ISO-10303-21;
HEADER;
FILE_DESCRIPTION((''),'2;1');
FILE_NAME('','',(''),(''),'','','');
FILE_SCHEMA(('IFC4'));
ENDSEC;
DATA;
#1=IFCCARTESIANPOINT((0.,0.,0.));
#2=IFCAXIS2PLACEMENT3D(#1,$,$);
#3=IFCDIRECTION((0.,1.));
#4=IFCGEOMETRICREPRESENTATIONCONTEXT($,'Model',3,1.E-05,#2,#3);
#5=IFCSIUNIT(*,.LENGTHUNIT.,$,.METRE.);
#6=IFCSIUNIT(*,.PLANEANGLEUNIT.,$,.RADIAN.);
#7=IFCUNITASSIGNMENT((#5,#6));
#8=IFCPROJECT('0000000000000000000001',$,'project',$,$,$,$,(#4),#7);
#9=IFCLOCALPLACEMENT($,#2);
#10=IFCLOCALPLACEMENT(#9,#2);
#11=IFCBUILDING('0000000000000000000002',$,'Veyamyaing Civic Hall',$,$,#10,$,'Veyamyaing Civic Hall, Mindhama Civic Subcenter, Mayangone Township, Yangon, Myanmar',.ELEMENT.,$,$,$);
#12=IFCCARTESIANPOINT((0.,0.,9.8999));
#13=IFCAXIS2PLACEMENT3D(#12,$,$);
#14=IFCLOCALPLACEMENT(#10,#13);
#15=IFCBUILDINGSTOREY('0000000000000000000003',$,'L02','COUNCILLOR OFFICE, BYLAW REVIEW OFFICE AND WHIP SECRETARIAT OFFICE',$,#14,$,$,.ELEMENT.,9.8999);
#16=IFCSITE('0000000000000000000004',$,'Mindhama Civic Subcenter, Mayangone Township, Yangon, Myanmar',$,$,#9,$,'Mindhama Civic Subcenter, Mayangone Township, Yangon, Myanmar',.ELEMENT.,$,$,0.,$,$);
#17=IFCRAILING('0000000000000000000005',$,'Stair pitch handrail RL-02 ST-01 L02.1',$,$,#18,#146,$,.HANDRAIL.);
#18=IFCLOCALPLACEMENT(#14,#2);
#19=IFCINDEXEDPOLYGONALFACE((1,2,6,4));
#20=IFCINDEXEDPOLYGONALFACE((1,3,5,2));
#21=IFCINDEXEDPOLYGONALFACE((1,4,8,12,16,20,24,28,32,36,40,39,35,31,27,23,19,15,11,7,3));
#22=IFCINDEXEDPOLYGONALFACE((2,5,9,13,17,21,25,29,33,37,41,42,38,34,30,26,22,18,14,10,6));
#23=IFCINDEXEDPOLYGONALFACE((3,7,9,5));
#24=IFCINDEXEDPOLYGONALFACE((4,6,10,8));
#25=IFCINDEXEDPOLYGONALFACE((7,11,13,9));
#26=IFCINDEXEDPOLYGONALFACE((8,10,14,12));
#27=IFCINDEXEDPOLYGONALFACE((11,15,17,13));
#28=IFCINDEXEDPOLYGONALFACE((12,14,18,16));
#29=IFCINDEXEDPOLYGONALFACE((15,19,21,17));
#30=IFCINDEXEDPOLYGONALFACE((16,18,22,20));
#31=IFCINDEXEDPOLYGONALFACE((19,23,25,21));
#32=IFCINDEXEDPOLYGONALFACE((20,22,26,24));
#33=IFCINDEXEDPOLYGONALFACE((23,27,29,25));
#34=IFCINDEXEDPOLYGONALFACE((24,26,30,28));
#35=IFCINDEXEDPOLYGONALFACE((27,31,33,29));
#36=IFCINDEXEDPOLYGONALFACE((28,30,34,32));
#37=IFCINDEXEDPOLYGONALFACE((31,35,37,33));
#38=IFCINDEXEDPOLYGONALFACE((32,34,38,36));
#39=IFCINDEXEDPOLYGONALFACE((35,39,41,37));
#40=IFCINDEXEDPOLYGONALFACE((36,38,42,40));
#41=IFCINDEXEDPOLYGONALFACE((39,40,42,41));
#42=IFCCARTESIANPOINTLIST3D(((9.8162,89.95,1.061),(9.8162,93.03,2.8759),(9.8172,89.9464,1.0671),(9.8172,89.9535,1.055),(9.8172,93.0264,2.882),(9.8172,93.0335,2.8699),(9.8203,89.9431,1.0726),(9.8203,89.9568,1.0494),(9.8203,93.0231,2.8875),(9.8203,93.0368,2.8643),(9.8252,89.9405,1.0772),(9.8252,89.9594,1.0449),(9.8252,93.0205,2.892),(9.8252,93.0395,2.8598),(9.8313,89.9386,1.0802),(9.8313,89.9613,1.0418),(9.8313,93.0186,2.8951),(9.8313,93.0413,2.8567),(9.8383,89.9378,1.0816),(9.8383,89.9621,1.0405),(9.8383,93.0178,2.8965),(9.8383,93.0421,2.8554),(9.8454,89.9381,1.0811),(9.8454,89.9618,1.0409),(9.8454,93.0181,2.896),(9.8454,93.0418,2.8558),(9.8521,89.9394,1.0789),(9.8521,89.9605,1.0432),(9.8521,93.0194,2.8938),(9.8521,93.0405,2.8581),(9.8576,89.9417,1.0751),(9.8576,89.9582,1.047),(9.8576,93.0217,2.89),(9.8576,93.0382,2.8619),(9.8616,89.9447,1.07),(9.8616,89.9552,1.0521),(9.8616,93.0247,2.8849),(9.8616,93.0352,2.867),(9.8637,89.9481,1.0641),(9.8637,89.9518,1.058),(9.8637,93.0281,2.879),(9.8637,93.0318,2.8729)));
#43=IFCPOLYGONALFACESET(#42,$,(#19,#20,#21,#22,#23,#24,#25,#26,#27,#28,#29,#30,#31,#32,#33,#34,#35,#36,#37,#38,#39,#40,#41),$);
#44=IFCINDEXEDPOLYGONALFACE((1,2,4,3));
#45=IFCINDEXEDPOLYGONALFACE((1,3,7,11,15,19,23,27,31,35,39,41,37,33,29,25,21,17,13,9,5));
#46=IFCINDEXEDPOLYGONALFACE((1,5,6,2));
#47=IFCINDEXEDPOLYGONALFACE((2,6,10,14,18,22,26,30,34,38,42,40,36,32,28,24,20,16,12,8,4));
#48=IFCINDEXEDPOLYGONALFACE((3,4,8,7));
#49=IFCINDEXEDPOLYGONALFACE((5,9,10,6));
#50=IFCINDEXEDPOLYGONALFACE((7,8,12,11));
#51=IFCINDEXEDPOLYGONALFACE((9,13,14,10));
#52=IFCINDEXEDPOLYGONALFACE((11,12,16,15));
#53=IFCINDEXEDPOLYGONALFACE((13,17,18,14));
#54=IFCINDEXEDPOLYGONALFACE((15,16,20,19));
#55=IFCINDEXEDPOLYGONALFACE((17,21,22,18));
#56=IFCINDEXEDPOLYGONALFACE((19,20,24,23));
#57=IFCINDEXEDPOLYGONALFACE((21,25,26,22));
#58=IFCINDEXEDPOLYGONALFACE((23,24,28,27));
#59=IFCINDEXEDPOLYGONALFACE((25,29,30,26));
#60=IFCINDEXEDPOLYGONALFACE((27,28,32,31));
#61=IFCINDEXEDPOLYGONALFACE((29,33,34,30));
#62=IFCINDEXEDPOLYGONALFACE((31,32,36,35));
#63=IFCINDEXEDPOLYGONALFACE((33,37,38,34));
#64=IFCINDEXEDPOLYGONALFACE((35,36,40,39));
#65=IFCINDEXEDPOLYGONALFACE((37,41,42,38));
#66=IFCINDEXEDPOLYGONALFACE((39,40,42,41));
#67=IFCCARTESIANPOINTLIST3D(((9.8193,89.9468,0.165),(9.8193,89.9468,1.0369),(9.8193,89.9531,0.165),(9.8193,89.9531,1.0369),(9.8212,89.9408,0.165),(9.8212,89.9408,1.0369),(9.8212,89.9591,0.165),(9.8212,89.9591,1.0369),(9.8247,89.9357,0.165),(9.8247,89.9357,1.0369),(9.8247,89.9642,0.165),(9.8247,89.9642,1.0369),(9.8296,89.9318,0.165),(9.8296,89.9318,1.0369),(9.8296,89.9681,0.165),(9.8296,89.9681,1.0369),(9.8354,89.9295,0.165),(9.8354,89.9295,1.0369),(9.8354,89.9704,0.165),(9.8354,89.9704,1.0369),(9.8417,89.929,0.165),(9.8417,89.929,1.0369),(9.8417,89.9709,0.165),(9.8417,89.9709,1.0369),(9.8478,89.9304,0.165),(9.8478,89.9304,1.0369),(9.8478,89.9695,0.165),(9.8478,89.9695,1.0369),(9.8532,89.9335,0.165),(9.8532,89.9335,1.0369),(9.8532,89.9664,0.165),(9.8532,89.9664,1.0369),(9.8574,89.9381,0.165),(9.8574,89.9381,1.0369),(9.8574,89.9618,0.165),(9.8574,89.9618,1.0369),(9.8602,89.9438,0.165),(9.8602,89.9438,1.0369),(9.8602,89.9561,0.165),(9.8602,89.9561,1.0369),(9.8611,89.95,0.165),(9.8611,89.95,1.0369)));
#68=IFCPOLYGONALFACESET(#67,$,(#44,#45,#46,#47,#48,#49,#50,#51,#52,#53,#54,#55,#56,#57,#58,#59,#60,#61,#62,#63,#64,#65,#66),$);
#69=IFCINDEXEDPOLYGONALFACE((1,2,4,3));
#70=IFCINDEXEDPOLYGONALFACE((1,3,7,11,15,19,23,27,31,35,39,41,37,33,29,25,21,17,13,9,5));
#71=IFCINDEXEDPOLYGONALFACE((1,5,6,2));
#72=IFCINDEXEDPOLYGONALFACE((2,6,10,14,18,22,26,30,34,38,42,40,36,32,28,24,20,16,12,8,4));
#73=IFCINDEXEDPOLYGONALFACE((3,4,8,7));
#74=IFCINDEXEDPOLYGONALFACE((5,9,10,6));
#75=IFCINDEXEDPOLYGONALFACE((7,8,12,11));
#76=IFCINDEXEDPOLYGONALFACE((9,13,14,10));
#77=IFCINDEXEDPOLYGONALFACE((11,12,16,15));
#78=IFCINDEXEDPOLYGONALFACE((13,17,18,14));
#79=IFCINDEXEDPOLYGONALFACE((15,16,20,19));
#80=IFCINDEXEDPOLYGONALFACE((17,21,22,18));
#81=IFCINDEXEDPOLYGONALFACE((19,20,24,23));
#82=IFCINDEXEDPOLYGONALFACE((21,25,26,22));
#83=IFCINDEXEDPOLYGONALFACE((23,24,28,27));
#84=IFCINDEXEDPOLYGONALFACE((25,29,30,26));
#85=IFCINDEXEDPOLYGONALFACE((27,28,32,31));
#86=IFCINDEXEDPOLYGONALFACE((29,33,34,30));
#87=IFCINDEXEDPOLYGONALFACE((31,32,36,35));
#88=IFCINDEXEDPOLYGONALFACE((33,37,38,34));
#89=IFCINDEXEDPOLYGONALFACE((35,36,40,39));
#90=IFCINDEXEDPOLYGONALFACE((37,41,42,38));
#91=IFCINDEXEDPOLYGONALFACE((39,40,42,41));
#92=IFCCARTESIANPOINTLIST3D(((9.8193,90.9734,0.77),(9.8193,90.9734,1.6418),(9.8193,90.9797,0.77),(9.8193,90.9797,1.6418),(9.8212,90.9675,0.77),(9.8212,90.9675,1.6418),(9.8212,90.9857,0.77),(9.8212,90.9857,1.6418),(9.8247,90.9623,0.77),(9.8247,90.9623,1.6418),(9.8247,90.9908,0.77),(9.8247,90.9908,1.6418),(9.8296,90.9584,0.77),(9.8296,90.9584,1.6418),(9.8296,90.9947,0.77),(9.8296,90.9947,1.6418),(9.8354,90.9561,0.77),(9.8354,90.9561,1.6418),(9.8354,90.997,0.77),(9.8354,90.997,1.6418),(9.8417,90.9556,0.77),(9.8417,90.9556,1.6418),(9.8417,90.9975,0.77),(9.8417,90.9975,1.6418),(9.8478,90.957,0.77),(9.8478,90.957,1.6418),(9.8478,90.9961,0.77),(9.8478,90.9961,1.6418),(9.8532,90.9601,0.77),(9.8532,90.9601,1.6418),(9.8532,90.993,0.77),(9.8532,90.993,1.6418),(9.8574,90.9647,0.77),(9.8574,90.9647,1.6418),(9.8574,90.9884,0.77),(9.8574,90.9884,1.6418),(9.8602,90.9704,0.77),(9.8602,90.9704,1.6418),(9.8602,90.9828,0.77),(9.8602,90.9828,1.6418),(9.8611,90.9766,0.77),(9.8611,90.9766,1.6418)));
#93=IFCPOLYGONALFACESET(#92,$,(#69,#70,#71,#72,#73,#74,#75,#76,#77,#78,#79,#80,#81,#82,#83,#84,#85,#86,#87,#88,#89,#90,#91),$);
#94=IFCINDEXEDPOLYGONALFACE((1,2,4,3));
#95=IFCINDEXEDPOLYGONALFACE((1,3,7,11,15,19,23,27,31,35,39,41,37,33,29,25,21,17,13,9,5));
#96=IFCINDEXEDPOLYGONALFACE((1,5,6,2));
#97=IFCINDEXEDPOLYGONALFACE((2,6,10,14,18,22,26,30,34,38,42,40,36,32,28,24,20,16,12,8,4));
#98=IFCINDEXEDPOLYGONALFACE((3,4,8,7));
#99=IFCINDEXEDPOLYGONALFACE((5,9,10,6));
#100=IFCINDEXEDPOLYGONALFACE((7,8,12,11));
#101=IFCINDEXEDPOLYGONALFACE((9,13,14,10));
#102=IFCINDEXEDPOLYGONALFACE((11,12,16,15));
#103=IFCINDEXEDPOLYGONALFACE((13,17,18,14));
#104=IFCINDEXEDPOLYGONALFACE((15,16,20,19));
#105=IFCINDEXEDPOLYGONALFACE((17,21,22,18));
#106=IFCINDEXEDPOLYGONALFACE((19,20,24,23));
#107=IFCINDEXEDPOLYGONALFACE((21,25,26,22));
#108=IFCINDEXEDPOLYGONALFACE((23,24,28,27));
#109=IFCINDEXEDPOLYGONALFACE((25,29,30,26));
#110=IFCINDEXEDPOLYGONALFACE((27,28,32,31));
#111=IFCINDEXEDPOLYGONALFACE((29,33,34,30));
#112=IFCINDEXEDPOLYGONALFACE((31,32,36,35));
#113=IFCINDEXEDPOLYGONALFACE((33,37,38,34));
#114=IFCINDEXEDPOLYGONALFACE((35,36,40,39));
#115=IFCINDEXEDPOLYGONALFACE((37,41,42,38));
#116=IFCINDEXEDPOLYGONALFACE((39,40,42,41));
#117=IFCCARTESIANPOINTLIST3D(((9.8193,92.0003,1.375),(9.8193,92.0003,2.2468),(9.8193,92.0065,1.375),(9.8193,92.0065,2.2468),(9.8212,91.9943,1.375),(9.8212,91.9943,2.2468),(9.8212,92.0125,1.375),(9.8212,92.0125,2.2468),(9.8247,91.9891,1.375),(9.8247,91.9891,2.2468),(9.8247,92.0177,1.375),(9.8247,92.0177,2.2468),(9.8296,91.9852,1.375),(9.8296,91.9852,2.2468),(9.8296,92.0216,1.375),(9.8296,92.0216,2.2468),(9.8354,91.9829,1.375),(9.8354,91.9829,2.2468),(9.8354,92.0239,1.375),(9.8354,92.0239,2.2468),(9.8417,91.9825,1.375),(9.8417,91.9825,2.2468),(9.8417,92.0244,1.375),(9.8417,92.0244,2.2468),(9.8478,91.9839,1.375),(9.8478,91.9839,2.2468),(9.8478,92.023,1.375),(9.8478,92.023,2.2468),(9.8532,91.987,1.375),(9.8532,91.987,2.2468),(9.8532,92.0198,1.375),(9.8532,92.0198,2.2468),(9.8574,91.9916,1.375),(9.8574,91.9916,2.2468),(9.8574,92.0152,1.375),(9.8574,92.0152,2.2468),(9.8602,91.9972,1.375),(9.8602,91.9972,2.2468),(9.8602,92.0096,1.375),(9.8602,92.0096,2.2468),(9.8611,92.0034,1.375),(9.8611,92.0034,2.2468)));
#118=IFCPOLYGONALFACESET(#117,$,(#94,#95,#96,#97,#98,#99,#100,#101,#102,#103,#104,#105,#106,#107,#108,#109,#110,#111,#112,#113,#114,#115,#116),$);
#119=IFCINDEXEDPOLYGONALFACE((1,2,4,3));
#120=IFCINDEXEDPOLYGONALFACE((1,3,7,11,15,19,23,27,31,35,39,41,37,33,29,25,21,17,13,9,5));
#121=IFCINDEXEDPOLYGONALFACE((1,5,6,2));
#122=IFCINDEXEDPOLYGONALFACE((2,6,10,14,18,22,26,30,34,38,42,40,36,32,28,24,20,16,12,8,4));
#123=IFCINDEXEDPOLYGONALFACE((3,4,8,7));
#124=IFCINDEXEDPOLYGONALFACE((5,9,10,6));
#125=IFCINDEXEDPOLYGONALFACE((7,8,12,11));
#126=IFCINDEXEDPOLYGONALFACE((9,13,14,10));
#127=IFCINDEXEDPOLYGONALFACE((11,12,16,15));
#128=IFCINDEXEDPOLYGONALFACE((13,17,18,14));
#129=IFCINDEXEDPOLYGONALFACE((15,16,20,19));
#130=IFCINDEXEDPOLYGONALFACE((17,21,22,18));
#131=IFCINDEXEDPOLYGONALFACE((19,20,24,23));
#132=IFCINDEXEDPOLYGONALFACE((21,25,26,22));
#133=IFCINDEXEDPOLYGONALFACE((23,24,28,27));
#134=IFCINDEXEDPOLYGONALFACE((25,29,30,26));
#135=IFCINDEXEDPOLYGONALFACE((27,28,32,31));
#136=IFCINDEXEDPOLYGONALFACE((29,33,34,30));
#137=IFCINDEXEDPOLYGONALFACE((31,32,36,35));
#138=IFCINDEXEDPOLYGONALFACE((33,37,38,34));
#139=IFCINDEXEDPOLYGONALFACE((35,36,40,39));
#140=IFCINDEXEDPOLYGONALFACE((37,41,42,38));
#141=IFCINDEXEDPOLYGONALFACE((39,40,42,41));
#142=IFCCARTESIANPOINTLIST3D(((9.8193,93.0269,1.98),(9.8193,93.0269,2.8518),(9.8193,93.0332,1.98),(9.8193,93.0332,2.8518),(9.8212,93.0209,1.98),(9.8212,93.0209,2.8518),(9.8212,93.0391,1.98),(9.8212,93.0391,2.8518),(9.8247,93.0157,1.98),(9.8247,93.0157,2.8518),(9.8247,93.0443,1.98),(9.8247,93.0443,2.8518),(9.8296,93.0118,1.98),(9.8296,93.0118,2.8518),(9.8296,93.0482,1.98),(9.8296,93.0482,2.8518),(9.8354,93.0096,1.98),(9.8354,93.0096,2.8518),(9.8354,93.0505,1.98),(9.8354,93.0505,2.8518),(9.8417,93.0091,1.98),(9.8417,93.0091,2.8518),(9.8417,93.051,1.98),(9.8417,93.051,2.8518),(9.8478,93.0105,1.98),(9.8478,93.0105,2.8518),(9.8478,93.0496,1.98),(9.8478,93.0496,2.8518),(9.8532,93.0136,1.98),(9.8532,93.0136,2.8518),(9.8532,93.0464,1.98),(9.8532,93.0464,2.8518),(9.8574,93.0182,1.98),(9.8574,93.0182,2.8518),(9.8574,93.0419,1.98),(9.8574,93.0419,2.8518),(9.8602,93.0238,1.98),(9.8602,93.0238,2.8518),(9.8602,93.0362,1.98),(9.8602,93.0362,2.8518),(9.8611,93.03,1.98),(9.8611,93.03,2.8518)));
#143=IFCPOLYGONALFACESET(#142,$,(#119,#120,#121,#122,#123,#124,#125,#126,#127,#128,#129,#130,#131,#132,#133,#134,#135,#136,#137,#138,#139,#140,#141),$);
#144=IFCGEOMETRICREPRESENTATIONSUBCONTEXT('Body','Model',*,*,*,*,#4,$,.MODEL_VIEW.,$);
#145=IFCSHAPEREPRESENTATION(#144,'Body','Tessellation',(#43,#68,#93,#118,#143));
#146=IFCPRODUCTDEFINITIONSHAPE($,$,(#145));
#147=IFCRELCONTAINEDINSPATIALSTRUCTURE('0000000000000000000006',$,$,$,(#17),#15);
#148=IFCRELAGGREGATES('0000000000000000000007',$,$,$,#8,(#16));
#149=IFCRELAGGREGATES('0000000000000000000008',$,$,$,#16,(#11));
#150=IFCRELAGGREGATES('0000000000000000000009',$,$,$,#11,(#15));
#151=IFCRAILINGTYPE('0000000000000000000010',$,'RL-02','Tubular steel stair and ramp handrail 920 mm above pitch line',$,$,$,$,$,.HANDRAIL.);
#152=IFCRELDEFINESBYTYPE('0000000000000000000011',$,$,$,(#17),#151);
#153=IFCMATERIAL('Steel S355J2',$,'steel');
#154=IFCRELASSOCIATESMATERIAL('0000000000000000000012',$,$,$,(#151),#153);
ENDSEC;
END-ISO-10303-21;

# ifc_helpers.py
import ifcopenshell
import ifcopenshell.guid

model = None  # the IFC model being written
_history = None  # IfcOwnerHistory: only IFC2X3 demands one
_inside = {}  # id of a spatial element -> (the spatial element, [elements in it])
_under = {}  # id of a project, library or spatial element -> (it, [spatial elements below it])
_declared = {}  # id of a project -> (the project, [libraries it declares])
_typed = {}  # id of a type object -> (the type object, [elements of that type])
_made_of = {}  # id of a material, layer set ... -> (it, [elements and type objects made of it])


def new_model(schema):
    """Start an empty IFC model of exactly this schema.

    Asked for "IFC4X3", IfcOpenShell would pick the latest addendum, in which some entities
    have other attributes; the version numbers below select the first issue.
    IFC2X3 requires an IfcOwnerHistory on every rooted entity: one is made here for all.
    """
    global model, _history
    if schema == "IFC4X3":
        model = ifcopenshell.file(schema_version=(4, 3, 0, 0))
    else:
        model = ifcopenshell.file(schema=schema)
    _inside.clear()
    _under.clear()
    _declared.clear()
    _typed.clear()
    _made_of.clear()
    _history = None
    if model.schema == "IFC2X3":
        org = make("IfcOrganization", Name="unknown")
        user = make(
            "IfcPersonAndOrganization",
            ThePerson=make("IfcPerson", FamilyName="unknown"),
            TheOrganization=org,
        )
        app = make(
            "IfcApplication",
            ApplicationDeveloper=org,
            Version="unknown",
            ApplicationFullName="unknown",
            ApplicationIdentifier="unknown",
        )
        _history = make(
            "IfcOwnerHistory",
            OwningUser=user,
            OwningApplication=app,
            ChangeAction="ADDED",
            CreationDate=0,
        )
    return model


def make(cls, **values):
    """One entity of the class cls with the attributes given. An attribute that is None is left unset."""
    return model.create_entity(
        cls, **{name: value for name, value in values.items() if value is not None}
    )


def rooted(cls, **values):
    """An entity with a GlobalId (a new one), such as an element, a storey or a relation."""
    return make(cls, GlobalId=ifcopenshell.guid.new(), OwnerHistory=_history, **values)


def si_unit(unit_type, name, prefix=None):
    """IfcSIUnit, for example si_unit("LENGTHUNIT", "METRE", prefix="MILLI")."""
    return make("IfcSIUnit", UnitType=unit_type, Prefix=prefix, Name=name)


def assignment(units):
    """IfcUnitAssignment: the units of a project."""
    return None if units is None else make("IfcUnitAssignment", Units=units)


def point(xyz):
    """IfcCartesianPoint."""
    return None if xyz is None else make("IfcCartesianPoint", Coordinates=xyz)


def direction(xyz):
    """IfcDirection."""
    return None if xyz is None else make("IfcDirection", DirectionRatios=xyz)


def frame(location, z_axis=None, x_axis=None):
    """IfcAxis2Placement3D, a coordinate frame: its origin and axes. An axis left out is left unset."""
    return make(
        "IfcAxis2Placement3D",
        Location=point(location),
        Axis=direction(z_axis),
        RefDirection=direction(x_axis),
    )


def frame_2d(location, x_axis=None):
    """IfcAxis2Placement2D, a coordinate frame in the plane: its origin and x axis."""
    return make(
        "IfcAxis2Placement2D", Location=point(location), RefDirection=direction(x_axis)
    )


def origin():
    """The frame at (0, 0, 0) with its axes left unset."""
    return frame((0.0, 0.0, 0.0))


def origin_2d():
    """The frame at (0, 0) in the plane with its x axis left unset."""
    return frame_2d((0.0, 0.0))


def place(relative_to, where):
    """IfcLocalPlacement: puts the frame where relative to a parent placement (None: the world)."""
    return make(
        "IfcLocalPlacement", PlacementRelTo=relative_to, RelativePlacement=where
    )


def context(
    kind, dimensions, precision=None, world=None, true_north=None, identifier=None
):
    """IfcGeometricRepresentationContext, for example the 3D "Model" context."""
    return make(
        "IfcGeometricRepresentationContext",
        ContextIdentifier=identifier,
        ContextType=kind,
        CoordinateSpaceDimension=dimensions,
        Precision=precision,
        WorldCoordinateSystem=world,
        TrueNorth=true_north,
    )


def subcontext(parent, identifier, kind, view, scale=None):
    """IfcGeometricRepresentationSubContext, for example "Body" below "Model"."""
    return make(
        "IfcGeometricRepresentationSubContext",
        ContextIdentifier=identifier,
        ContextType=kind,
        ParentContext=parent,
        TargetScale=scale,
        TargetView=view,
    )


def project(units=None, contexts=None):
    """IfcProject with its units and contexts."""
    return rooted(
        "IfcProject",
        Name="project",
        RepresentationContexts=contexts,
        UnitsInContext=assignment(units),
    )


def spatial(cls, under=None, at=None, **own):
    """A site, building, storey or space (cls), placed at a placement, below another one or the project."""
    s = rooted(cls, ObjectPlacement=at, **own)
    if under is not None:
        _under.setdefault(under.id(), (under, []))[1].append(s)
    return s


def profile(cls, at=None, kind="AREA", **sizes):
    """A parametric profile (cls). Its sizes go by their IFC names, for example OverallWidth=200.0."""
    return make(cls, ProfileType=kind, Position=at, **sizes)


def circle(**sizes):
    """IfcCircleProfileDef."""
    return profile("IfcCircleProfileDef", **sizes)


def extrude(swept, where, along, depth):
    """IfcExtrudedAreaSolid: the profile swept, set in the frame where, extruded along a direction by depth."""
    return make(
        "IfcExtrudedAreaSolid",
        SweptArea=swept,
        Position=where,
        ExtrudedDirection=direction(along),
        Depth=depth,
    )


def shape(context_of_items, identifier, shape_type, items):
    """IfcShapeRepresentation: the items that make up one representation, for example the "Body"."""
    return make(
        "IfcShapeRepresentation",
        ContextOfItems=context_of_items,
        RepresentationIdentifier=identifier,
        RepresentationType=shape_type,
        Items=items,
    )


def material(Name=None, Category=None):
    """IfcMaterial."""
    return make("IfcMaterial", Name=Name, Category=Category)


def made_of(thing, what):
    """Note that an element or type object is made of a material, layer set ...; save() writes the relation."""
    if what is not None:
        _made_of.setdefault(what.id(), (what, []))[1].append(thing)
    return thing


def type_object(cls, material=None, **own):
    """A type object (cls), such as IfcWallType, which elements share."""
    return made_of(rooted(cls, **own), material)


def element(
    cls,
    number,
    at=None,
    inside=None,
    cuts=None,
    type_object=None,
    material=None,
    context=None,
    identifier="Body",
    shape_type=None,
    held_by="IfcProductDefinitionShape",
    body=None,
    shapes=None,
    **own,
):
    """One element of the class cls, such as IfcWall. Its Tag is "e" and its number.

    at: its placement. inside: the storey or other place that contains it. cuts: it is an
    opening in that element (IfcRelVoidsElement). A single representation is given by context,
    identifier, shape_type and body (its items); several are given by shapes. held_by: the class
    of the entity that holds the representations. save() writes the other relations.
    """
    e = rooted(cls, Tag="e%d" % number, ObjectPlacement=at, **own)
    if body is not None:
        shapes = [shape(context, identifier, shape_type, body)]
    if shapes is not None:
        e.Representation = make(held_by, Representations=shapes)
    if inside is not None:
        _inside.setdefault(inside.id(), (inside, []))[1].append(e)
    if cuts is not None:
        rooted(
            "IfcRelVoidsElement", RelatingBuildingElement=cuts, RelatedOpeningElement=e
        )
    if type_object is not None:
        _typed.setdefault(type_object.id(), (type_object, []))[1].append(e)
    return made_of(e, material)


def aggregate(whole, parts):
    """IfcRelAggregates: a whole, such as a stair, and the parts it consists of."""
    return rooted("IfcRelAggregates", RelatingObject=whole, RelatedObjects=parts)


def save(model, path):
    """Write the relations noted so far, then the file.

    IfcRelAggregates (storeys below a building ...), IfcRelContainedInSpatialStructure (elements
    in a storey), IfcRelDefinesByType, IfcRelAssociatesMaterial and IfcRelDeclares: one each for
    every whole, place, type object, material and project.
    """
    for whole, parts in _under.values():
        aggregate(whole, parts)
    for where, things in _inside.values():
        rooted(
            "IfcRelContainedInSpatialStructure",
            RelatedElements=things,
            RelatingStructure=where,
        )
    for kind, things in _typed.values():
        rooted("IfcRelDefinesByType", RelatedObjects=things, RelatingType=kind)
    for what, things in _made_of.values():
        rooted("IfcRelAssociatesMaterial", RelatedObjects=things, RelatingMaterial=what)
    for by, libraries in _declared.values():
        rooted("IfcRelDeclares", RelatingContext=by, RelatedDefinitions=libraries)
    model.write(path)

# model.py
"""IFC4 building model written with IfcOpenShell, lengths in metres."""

from ifc_helpers import new_model, si_unit, direction, frame, origin, origin_2d, place, context, subcontext, project, spatial, circle, extrude, material, type_object, element, save


model = new_model("IFC4")

# Units and contexts
model_context = context("Model", 3, precision=1e-05, world=origin(), true_north=direction((0.0, 1.0)))
body_context = subcontext(model_context, "Body", "Model", "MODEL_VIEW")
ifc_project = project(units=[si_unit("LENGTHUNIT", "METRE"), si_unit("PLANEANGLEUNIT", "RADIAN")], contexts=[model_context])

# Site, building, storey
site_placement = place(None, origin())
site = spatial("IfcSite", under=ifc_project, at=site_placement, Name="Mindhama Civic Subcenter, Mayangone Township, Yangon, Myanmar", LongName="Mindhama Civic Subcenter, Mayangone Township, Yangon, Myanmar", CompositionType="ELEMENT", RefElevation=0.0)
building_placement = place(site_placement, origin())
building = spatial("IfcBuilding", under=site, at=building_placement, Name="Veyamyaing Civic Hall", LongName="Veyamyaing Civic Hall, Mindhama Civic Subcenter, Mayangone Township, Yangon, Myanmar", CompositionType="ELEMENT")
storey_placement = place(building_placement, frame((0.0, 0.0, 9.8999)))
storey = spatial("IfcBuildingStorey", under=building, at=storey_placement, Name="L02", Description="COUNCILLOR OFFICE, BYLAW REVIEW OFFICE AND WHIP SECRETARIAT OFFICE", CompositionType="ELEMENT", Elevation=9.8999)

# Railing
ifc_material_1 = material(Name="Steel S355J2", Category="steel")
railing_type_1 = type_object("IfcRailingType", Name="RL-02", Description="Tubular steel stair and ramp handrail 920 mm above pitch line", PredefinedType="HANDRAIL", material=ifc_material_1)
railing_1_placement = place(storey_placement, frame((9.8401, 89.95, 0.165)))
element("IfcRailing", 1, at=railing_1_placement, inside=storey, type_object=railing_type_1, Name="Stair pitch handrail RL-02 ST-01 L02.1", PredefinedType="HANDRAIL", context=body_context, shape_type="SweptSolid", body=[
    extrude(circle(Radius=0.0239, at=origin_2d()), frame((0.0, 0.0, 0.896), z_axis=(0.0, 0.861551, 0.507671), x_axis=(-1.0, 0.0, 0.0)), (0.0, 0.0, 1.0), 3.575),
    extrude(circle(Radius=0.021, at=origin_2d()), origin(), (0.0, 0.0, 1.0), 0.8718),
    extrude(circle(Radius=0.021, at=origin_2d()), frame((0.0, 1.0266, 0.605)), (0.0, 0.0, 1.0), 0.8718),
    extrude(circle(Radius=0.021, at=origin_2d()), frame((0.0, 2.0535, 1.21)), (0.0, 0.0, 1.0), 0.8718),
    extrude(circle(Radius=0.021, at=origin_2d()), frame((0.0, 3.0801, 1.8149)), (0.0, 0.0, 1.0), 0.8718),
])

save(model, "model.ifc")
